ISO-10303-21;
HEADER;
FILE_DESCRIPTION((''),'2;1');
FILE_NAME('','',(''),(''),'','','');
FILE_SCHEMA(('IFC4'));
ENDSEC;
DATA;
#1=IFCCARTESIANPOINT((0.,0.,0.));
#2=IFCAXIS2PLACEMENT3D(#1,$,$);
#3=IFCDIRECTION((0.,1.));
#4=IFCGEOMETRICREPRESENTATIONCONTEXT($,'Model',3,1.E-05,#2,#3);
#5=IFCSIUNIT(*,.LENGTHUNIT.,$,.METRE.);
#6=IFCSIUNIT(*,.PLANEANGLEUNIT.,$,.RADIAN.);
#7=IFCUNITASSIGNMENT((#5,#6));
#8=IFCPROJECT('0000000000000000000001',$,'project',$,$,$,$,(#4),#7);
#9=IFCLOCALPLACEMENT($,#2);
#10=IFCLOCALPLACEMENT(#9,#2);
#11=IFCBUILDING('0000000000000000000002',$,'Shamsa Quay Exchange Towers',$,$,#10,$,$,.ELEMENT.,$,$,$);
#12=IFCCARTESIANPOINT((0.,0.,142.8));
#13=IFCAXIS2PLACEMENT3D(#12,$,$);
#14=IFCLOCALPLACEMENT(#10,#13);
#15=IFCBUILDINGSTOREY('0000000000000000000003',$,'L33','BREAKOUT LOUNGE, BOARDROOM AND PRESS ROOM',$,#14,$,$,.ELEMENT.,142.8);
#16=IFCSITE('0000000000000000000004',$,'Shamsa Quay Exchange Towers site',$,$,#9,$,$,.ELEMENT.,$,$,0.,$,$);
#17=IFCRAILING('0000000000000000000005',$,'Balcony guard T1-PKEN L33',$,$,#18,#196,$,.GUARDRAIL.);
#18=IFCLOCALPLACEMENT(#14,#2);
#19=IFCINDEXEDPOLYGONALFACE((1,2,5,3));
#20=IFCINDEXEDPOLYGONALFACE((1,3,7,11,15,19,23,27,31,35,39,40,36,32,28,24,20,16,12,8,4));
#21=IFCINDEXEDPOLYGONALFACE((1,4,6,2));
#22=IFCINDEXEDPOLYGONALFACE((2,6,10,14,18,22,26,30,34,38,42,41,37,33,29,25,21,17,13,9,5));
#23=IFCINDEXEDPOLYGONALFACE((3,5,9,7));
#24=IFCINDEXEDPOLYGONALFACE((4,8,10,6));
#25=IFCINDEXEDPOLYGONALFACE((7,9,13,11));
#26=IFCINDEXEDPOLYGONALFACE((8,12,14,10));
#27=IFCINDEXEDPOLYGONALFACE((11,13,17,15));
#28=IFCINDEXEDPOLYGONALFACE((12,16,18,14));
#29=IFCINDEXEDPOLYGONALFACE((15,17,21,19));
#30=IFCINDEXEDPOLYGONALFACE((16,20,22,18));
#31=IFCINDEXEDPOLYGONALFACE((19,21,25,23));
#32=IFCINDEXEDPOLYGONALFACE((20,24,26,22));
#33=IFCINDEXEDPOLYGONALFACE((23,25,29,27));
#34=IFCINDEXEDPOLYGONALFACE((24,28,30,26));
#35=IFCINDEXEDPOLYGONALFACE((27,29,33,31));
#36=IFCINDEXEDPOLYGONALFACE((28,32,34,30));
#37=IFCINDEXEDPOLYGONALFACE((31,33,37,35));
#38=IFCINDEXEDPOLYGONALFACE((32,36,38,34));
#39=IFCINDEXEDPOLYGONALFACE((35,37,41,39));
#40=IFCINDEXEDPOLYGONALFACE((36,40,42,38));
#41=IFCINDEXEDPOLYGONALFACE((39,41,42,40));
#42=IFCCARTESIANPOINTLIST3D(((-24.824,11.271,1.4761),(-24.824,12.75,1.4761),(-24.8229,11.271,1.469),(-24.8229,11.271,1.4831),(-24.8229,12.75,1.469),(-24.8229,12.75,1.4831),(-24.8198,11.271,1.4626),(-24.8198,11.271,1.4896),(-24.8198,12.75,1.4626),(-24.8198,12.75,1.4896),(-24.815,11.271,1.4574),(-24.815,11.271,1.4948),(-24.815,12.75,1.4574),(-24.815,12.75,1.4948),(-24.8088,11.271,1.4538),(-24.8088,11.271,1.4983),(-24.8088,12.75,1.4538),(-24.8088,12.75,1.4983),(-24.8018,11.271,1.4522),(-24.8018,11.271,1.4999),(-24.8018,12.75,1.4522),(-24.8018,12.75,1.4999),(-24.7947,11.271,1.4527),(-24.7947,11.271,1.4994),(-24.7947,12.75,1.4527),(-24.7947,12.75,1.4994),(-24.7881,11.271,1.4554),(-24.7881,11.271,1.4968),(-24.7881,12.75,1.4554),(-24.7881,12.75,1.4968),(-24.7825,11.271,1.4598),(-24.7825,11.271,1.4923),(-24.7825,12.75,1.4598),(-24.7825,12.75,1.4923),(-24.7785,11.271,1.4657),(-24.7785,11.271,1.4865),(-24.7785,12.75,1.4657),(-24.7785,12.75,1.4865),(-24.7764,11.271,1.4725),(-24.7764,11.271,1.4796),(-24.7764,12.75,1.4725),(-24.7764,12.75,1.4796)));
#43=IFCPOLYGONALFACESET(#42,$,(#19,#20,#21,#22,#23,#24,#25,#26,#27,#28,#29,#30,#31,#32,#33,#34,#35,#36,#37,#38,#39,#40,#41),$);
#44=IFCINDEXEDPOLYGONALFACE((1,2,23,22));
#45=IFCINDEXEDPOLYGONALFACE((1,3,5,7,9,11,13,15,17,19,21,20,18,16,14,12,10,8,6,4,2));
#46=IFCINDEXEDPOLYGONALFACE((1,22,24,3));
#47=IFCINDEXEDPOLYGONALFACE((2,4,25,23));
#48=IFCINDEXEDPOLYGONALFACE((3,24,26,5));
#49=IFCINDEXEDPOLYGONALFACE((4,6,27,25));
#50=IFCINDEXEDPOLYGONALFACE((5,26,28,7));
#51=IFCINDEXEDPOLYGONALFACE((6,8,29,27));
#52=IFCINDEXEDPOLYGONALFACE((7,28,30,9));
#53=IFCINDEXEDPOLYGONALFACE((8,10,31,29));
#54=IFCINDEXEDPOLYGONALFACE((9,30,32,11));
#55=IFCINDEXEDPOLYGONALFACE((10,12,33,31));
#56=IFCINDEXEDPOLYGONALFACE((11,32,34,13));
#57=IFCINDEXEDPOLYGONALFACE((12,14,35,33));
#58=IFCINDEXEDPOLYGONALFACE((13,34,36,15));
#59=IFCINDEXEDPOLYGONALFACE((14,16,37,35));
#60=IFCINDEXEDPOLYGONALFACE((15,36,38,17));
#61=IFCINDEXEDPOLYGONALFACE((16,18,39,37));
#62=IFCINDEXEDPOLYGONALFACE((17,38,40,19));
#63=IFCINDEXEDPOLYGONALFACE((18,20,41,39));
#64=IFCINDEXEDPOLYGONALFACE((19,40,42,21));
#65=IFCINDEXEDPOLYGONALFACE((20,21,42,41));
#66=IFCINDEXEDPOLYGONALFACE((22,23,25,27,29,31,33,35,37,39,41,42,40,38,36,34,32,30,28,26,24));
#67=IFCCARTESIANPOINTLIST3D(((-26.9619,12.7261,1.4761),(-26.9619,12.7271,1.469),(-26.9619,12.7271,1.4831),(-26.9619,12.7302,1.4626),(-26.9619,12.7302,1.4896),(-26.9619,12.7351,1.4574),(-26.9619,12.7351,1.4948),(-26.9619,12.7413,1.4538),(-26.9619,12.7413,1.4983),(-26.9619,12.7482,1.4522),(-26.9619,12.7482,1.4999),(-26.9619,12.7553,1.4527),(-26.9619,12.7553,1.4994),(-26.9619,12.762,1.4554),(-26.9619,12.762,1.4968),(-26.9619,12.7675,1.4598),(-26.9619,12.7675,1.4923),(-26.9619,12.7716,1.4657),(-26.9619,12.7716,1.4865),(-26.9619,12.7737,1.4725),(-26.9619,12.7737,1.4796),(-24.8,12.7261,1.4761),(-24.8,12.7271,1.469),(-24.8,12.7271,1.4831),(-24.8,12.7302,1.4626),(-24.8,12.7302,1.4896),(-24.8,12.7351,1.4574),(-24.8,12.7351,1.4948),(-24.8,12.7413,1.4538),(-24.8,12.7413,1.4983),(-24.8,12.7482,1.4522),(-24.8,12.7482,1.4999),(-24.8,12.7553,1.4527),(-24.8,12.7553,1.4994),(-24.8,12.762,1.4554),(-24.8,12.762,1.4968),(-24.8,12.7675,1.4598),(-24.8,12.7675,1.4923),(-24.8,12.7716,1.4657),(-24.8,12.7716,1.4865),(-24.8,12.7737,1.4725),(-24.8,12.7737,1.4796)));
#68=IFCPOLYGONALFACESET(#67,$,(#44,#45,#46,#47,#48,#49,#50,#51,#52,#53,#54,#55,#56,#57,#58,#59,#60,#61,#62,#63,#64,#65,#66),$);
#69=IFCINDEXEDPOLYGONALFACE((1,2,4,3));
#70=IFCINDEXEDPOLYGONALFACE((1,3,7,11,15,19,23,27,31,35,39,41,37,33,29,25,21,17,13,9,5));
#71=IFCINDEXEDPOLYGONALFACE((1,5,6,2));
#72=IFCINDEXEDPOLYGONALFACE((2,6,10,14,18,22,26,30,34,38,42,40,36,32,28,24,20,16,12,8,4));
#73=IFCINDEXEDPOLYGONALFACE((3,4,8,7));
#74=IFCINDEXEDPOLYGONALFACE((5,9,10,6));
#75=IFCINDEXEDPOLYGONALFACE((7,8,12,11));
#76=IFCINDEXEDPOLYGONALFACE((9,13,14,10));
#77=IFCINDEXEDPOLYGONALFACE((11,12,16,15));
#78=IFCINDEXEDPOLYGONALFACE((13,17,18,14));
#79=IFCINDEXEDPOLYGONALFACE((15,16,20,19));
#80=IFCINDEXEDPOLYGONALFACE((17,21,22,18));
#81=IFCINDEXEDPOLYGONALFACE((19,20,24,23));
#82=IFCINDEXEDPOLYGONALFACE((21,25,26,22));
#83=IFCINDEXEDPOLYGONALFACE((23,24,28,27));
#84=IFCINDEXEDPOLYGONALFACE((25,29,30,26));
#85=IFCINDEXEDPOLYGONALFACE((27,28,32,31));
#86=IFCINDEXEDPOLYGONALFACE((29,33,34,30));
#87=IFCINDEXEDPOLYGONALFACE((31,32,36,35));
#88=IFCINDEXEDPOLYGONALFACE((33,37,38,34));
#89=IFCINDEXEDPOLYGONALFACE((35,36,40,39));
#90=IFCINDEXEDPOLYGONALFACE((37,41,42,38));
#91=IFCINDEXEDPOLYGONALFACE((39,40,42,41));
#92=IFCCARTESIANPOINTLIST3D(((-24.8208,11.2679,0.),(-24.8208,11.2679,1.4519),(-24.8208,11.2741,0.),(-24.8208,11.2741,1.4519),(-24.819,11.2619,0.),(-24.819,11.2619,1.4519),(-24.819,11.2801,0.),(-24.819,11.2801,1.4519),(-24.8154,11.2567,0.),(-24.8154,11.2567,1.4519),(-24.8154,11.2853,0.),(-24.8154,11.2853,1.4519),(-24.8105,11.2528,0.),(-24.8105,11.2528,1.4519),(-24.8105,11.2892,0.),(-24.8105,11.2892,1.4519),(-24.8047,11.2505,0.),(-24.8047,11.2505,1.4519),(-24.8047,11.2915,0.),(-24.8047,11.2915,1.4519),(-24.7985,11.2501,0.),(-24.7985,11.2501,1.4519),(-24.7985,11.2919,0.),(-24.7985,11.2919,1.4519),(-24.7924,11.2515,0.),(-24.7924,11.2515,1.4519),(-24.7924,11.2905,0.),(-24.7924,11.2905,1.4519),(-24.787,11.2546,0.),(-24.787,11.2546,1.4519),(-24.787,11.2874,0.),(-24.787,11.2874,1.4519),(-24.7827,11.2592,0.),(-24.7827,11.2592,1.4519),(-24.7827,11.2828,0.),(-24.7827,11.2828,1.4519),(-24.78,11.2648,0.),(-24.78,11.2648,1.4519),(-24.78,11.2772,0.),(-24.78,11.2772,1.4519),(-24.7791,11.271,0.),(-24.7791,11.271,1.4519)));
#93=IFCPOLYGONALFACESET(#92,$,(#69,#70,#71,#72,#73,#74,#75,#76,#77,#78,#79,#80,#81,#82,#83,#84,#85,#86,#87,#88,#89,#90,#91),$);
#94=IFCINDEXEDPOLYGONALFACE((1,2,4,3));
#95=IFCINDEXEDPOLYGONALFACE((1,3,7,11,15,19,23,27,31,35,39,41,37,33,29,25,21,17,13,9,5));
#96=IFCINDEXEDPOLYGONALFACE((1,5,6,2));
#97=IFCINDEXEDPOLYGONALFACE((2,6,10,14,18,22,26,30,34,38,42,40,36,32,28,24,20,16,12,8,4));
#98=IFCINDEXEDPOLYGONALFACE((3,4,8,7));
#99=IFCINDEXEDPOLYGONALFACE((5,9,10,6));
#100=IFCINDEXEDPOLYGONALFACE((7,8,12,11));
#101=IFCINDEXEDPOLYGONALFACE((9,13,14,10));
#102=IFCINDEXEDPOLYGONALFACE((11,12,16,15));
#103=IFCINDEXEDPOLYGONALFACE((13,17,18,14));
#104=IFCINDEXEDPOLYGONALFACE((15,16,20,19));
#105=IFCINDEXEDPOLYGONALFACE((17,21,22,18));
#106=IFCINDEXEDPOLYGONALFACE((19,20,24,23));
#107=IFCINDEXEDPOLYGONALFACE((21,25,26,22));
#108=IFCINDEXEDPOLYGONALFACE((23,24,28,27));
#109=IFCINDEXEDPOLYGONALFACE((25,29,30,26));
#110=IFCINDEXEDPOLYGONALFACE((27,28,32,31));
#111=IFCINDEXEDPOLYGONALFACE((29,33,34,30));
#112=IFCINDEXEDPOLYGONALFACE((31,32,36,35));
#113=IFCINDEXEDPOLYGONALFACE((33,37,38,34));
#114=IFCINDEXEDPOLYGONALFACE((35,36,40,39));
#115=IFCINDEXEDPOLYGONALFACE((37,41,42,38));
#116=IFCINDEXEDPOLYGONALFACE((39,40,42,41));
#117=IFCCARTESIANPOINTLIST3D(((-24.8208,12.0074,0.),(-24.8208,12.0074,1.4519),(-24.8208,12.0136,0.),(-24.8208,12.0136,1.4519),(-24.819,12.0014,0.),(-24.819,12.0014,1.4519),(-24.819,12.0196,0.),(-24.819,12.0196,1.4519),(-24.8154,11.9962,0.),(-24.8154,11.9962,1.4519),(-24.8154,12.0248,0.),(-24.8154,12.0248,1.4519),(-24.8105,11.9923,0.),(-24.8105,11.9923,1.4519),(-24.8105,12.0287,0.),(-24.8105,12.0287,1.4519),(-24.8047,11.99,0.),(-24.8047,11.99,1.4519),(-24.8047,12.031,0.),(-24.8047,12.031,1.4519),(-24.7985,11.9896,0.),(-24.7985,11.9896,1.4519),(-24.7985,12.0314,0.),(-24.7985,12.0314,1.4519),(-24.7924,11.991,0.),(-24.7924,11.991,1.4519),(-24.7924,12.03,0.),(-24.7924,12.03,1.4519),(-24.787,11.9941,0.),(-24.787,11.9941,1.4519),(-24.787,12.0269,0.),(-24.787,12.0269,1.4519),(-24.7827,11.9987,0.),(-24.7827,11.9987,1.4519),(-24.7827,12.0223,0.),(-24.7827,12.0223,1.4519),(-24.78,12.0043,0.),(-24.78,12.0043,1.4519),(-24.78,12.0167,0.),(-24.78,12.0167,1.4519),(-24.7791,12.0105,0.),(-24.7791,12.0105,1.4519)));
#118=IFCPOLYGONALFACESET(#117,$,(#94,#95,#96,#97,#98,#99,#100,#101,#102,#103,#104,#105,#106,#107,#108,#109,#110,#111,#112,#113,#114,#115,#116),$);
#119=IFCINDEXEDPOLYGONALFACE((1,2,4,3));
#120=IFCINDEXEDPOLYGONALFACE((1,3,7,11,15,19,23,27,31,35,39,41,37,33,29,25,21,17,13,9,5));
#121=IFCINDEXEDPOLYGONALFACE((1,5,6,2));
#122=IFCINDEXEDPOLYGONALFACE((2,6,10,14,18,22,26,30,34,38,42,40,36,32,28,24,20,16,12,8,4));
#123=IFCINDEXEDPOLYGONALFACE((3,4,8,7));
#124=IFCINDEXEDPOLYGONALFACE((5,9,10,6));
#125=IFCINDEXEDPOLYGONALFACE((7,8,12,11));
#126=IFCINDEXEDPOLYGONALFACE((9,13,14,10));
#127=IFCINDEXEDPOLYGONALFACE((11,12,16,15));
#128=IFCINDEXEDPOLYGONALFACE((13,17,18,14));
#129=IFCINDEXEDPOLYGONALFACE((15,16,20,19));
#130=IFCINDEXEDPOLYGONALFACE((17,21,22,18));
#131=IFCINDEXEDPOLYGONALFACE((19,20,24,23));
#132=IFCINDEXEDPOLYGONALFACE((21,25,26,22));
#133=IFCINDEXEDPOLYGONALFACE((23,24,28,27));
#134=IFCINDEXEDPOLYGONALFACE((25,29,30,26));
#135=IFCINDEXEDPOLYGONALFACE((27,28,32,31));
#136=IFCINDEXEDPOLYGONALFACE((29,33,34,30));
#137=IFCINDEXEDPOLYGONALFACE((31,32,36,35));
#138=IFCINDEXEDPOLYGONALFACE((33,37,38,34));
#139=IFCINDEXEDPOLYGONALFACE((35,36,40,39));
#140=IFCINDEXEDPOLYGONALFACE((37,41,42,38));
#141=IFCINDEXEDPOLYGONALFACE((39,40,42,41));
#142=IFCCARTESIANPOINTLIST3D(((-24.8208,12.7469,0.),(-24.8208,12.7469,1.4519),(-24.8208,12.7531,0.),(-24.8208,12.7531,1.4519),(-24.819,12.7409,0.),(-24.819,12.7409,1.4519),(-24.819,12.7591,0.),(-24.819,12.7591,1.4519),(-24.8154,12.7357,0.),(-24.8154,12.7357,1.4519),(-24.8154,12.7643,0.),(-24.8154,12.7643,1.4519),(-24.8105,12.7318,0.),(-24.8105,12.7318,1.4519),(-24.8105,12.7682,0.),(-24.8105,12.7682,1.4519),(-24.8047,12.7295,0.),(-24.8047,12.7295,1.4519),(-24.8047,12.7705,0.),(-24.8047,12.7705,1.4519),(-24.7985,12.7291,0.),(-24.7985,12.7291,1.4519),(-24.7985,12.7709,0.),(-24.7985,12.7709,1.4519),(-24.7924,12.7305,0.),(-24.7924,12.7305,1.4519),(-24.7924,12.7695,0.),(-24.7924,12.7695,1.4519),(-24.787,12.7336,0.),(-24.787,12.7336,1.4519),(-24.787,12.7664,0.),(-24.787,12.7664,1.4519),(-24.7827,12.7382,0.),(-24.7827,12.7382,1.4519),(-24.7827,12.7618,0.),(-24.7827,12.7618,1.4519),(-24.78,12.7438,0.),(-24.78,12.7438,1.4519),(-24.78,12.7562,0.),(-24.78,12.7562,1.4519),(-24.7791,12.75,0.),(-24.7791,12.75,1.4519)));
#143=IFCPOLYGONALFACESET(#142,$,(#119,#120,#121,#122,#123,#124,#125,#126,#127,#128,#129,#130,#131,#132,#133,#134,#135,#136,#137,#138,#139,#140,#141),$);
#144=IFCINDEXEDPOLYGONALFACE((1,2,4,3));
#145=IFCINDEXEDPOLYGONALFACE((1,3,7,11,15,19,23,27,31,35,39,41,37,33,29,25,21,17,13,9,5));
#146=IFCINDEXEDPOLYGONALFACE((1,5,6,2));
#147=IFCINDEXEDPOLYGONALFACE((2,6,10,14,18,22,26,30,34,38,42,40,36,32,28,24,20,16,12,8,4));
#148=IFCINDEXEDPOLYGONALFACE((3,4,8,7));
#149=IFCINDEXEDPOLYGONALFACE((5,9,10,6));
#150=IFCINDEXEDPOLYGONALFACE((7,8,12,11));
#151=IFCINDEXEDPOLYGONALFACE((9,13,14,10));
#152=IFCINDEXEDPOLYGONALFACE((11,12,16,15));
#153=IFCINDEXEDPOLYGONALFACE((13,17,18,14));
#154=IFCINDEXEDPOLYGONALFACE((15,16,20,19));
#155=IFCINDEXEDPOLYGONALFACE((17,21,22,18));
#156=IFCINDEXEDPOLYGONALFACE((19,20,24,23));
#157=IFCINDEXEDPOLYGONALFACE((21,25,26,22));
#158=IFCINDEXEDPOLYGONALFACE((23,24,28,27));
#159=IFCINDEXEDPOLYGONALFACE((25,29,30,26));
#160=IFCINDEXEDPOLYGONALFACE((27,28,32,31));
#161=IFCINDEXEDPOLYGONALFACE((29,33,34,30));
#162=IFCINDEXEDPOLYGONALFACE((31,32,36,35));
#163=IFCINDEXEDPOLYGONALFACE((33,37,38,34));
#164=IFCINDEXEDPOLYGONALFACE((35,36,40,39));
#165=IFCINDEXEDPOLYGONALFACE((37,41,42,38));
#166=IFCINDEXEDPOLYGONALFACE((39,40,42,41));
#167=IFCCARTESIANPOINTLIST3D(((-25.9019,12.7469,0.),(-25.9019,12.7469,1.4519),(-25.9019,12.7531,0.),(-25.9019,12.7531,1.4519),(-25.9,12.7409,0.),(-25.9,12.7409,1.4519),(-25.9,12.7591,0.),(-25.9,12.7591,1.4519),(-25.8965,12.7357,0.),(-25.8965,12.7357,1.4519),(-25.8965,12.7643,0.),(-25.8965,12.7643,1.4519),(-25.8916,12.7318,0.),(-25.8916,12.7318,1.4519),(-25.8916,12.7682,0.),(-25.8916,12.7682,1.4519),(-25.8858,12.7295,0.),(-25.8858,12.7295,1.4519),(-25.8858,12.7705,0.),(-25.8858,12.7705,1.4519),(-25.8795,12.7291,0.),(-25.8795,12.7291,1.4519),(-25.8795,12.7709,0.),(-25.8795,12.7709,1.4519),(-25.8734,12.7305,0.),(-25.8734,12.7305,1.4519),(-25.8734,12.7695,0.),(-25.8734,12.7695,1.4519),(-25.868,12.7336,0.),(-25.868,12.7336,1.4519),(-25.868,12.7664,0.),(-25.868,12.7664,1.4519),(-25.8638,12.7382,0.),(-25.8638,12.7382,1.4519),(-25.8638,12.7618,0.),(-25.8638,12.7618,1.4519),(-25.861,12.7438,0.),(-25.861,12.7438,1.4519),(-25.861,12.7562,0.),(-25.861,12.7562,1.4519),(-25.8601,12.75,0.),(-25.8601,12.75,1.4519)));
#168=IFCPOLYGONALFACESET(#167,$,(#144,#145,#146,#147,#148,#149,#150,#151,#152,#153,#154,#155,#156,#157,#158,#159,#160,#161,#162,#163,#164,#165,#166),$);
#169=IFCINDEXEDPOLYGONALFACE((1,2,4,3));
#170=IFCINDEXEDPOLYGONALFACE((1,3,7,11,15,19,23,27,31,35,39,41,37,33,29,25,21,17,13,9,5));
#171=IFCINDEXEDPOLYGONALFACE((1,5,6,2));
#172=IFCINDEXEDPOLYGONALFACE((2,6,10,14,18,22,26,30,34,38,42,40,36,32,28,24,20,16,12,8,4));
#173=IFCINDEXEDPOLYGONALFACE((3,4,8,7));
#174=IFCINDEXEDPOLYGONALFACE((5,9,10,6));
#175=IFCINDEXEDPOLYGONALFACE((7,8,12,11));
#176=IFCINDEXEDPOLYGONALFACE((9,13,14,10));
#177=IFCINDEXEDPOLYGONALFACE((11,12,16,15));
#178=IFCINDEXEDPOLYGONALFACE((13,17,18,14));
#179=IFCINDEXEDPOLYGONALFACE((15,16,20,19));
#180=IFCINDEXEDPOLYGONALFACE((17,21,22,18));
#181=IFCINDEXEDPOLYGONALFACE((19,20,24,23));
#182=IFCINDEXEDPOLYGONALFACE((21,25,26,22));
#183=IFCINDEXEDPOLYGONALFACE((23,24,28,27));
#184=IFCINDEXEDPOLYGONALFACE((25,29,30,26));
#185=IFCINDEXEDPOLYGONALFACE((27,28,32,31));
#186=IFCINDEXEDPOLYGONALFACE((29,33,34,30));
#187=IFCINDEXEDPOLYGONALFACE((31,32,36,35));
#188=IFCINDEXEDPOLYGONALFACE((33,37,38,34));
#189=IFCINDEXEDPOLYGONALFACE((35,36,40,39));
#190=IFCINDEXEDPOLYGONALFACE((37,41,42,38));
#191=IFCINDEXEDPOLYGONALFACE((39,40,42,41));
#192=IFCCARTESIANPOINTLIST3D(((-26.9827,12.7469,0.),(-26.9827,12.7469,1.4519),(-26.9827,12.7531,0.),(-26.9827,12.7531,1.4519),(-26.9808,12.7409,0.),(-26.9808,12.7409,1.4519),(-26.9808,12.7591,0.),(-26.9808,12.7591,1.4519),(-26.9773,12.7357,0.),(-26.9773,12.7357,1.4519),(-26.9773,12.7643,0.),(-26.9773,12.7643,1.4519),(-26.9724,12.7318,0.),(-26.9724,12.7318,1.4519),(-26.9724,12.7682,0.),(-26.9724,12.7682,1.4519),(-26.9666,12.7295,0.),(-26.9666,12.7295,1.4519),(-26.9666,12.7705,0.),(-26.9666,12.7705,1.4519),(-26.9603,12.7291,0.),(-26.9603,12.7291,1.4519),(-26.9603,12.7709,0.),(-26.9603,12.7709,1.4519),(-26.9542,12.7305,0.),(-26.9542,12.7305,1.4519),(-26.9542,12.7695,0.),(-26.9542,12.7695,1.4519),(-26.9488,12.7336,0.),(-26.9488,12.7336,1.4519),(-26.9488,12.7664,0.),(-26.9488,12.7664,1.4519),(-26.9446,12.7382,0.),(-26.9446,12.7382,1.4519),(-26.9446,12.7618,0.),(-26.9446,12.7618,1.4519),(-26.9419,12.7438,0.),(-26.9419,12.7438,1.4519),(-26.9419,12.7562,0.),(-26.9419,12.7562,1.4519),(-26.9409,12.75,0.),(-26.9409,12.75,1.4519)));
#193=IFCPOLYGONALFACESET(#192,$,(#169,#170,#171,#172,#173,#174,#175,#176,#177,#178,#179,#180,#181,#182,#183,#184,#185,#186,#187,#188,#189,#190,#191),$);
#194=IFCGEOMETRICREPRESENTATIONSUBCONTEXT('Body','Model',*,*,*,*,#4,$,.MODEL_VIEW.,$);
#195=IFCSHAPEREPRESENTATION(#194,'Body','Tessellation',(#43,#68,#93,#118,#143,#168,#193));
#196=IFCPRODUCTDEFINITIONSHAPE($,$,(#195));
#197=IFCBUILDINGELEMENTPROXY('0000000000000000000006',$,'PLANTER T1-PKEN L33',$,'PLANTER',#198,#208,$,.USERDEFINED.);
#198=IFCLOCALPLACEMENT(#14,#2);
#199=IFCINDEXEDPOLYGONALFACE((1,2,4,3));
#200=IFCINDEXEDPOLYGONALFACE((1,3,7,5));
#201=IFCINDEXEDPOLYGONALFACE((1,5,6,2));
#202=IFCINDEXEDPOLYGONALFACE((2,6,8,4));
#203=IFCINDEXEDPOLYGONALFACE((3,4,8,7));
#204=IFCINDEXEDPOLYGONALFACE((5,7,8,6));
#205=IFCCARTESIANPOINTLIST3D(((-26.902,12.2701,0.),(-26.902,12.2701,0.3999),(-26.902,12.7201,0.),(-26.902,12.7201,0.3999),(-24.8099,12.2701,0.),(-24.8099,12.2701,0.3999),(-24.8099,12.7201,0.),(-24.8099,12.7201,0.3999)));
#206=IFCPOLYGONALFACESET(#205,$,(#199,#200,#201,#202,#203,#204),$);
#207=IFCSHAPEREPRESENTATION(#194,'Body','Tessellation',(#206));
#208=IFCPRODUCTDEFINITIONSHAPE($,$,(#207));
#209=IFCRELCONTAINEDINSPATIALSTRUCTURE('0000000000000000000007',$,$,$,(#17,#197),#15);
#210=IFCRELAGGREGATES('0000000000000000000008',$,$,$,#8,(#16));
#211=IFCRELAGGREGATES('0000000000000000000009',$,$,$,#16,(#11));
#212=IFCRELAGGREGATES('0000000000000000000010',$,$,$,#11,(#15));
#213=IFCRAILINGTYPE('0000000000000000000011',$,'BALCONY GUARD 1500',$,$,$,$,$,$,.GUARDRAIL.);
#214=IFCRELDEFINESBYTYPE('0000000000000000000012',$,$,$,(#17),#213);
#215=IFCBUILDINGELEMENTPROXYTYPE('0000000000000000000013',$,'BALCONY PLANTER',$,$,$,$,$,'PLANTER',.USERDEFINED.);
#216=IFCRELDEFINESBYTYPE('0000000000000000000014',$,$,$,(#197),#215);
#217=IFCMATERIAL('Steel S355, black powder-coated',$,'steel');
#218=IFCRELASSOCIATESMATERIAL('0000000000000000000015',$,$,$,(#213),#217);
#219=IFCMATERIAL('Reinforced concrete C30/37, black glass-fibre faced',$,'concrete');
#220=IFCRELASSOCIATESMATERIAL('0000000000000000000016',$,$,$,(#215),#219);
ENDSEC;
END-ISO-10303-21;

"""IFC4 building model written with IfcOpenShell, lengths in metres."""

from ifc_helpers import new_model, si_unit, direction, frame, origin, origin_2d, place, context, subcontext, project, spatial, rectangle, circle, extrude, material, type_object, element, save


model = new_model("IFC4")

# Units and contexts
model_context = context("Model", 3, precision=1e-05, world=origin(), true_north=direction((0.0, 1.0)))
body_context = subcontext(model_context, "Body", "Model", "MODEL_VIEW")
ifc_project = project(units=[si_unit("LENGTHUNIT", "METRE"), si_unit("PLANEANGLEUNIT", "RADIAN")], contexts=[model_context])

# Site, building, storey
site_placement = place(None, origin())
site = spatial("IfcSite", under=ifc_project, at=site_placement, Name="Shamsa Quay Exchange Towers site", CompositionType="ELEMENT", RefElevation=0.0)
building_placement = place(site_placement, origin())
building = spatial("IfcBuilding", under=site, at=building_placement, Name="Shamsa Quay Exchange Towers", CompositionType="ELEMENT")
storey_placement = place(building_placement, frame((0.0, 0.0, 142.8)))
storey = spatial("IfcBuildingStorey", under=building, at=storey_placement, Name="L33", Description="BREAKOUT LOUNGE, BOARDROOM AND PRESS ROOM", CompositionType="ELEMENT", Elevation=142.8)

# Railing
ifc_material_1 = material(Name="Steel S355, black powder-coated", Category="steel")
railing_type = type_object("IfcRailingType", Name="BALCONY GUARD 1500", PredefinedType="GUARDRAIL", material=ifc_material_1)
railing_placement = place(storey_placement, frame((-24.8, 11.271, 0.0)))
element("IfcRailing", 1, at=railing_placement, inside=storey, type_object=railing_type, Name="Balcony guard T1-PKEN L33", PredefinedType="GUARDRAIL", context=body_context, shape_type="SweptSolid", body=[
    extrude(circle(Radius=0.0239, at=origin_2d()), frame((0.0, 0.0, 1.4761), z_axis=(0.0, 1.0, 0.0), x_axis=(-1.0, 0.0, 0.0)), (0.0, 0.0, 1.0), 1.479),
    extrude(circle(Radius=0.0239, at=origin_2d()), frame((0.0, 1.479, 1.4761), z_axis=(-1.0, 0.0, 0.0), x_axis=(0.0, -1.0, 0.0)), (0.0, 0.0, 1.0), 2.1619),
    extrude(circle(Radius=0.021, at=origin_2d()), origin(), (0.0, 0.0, 1.0), 1.4519),
    extrude(circle(Radius=0.021, at=origin_2d()), frame((0.0, 0.7395, 0.0)), (0.0, 0.0, 1.0), 1.4519),
    extrude(circle(Radius=0.021, at=origin_2d()), frame((0.0, 1.479, 0.0)), (0.0, 0.0, 1.0), 1.4519),
    extrude(circle(Radius=0.021, at=origin_2d()), frame((-1.0811, 1.479, 0.0)), (0.0, 0.0, 1.0), 1.4519),
    extrude(circle(Radius=0.021, at=origin_2d()), frame((-2.1619, 1.479, 0.0)), (0.0, 0.0, 1.0), 1.4519),
])

# Building element proxy
ifc_material_2 = material(Name="Reinforced concrete C30/37, black glass-fibre faced", Category="concrete")
building_element_proxy_type = type_object("IfcBuildingElementProxyType", Name="BALCONY PLANTER", ElementType="PLANTER", PredefinedType="USERDEFINED", material=ifc_material_2)
proxy_placement = place(storey_placement, frame((-25.856, 12.4951, 0.0), z_axis=(0.0, 0.0, 1.0), x_axis=(-1.0, 0.0, 0.0)))
element("IfcBuildingElementProxy", 2, at=proxy_placement, inside=storey, type_object=building_element_proxy_type, Name="PLANTER T1-PKEN L33", ObjectType="PLANTER", PredefinedType="USERDEFINED", context=body_context, shape_type="SweptSolid", body=[
    extrude(rectangle(XDim=2.092, YDim=0.45, at=origin_2d()), origin(), (0.0, 0.0, 1.0), 0.3999),
])

save(model, "model.ifc")
